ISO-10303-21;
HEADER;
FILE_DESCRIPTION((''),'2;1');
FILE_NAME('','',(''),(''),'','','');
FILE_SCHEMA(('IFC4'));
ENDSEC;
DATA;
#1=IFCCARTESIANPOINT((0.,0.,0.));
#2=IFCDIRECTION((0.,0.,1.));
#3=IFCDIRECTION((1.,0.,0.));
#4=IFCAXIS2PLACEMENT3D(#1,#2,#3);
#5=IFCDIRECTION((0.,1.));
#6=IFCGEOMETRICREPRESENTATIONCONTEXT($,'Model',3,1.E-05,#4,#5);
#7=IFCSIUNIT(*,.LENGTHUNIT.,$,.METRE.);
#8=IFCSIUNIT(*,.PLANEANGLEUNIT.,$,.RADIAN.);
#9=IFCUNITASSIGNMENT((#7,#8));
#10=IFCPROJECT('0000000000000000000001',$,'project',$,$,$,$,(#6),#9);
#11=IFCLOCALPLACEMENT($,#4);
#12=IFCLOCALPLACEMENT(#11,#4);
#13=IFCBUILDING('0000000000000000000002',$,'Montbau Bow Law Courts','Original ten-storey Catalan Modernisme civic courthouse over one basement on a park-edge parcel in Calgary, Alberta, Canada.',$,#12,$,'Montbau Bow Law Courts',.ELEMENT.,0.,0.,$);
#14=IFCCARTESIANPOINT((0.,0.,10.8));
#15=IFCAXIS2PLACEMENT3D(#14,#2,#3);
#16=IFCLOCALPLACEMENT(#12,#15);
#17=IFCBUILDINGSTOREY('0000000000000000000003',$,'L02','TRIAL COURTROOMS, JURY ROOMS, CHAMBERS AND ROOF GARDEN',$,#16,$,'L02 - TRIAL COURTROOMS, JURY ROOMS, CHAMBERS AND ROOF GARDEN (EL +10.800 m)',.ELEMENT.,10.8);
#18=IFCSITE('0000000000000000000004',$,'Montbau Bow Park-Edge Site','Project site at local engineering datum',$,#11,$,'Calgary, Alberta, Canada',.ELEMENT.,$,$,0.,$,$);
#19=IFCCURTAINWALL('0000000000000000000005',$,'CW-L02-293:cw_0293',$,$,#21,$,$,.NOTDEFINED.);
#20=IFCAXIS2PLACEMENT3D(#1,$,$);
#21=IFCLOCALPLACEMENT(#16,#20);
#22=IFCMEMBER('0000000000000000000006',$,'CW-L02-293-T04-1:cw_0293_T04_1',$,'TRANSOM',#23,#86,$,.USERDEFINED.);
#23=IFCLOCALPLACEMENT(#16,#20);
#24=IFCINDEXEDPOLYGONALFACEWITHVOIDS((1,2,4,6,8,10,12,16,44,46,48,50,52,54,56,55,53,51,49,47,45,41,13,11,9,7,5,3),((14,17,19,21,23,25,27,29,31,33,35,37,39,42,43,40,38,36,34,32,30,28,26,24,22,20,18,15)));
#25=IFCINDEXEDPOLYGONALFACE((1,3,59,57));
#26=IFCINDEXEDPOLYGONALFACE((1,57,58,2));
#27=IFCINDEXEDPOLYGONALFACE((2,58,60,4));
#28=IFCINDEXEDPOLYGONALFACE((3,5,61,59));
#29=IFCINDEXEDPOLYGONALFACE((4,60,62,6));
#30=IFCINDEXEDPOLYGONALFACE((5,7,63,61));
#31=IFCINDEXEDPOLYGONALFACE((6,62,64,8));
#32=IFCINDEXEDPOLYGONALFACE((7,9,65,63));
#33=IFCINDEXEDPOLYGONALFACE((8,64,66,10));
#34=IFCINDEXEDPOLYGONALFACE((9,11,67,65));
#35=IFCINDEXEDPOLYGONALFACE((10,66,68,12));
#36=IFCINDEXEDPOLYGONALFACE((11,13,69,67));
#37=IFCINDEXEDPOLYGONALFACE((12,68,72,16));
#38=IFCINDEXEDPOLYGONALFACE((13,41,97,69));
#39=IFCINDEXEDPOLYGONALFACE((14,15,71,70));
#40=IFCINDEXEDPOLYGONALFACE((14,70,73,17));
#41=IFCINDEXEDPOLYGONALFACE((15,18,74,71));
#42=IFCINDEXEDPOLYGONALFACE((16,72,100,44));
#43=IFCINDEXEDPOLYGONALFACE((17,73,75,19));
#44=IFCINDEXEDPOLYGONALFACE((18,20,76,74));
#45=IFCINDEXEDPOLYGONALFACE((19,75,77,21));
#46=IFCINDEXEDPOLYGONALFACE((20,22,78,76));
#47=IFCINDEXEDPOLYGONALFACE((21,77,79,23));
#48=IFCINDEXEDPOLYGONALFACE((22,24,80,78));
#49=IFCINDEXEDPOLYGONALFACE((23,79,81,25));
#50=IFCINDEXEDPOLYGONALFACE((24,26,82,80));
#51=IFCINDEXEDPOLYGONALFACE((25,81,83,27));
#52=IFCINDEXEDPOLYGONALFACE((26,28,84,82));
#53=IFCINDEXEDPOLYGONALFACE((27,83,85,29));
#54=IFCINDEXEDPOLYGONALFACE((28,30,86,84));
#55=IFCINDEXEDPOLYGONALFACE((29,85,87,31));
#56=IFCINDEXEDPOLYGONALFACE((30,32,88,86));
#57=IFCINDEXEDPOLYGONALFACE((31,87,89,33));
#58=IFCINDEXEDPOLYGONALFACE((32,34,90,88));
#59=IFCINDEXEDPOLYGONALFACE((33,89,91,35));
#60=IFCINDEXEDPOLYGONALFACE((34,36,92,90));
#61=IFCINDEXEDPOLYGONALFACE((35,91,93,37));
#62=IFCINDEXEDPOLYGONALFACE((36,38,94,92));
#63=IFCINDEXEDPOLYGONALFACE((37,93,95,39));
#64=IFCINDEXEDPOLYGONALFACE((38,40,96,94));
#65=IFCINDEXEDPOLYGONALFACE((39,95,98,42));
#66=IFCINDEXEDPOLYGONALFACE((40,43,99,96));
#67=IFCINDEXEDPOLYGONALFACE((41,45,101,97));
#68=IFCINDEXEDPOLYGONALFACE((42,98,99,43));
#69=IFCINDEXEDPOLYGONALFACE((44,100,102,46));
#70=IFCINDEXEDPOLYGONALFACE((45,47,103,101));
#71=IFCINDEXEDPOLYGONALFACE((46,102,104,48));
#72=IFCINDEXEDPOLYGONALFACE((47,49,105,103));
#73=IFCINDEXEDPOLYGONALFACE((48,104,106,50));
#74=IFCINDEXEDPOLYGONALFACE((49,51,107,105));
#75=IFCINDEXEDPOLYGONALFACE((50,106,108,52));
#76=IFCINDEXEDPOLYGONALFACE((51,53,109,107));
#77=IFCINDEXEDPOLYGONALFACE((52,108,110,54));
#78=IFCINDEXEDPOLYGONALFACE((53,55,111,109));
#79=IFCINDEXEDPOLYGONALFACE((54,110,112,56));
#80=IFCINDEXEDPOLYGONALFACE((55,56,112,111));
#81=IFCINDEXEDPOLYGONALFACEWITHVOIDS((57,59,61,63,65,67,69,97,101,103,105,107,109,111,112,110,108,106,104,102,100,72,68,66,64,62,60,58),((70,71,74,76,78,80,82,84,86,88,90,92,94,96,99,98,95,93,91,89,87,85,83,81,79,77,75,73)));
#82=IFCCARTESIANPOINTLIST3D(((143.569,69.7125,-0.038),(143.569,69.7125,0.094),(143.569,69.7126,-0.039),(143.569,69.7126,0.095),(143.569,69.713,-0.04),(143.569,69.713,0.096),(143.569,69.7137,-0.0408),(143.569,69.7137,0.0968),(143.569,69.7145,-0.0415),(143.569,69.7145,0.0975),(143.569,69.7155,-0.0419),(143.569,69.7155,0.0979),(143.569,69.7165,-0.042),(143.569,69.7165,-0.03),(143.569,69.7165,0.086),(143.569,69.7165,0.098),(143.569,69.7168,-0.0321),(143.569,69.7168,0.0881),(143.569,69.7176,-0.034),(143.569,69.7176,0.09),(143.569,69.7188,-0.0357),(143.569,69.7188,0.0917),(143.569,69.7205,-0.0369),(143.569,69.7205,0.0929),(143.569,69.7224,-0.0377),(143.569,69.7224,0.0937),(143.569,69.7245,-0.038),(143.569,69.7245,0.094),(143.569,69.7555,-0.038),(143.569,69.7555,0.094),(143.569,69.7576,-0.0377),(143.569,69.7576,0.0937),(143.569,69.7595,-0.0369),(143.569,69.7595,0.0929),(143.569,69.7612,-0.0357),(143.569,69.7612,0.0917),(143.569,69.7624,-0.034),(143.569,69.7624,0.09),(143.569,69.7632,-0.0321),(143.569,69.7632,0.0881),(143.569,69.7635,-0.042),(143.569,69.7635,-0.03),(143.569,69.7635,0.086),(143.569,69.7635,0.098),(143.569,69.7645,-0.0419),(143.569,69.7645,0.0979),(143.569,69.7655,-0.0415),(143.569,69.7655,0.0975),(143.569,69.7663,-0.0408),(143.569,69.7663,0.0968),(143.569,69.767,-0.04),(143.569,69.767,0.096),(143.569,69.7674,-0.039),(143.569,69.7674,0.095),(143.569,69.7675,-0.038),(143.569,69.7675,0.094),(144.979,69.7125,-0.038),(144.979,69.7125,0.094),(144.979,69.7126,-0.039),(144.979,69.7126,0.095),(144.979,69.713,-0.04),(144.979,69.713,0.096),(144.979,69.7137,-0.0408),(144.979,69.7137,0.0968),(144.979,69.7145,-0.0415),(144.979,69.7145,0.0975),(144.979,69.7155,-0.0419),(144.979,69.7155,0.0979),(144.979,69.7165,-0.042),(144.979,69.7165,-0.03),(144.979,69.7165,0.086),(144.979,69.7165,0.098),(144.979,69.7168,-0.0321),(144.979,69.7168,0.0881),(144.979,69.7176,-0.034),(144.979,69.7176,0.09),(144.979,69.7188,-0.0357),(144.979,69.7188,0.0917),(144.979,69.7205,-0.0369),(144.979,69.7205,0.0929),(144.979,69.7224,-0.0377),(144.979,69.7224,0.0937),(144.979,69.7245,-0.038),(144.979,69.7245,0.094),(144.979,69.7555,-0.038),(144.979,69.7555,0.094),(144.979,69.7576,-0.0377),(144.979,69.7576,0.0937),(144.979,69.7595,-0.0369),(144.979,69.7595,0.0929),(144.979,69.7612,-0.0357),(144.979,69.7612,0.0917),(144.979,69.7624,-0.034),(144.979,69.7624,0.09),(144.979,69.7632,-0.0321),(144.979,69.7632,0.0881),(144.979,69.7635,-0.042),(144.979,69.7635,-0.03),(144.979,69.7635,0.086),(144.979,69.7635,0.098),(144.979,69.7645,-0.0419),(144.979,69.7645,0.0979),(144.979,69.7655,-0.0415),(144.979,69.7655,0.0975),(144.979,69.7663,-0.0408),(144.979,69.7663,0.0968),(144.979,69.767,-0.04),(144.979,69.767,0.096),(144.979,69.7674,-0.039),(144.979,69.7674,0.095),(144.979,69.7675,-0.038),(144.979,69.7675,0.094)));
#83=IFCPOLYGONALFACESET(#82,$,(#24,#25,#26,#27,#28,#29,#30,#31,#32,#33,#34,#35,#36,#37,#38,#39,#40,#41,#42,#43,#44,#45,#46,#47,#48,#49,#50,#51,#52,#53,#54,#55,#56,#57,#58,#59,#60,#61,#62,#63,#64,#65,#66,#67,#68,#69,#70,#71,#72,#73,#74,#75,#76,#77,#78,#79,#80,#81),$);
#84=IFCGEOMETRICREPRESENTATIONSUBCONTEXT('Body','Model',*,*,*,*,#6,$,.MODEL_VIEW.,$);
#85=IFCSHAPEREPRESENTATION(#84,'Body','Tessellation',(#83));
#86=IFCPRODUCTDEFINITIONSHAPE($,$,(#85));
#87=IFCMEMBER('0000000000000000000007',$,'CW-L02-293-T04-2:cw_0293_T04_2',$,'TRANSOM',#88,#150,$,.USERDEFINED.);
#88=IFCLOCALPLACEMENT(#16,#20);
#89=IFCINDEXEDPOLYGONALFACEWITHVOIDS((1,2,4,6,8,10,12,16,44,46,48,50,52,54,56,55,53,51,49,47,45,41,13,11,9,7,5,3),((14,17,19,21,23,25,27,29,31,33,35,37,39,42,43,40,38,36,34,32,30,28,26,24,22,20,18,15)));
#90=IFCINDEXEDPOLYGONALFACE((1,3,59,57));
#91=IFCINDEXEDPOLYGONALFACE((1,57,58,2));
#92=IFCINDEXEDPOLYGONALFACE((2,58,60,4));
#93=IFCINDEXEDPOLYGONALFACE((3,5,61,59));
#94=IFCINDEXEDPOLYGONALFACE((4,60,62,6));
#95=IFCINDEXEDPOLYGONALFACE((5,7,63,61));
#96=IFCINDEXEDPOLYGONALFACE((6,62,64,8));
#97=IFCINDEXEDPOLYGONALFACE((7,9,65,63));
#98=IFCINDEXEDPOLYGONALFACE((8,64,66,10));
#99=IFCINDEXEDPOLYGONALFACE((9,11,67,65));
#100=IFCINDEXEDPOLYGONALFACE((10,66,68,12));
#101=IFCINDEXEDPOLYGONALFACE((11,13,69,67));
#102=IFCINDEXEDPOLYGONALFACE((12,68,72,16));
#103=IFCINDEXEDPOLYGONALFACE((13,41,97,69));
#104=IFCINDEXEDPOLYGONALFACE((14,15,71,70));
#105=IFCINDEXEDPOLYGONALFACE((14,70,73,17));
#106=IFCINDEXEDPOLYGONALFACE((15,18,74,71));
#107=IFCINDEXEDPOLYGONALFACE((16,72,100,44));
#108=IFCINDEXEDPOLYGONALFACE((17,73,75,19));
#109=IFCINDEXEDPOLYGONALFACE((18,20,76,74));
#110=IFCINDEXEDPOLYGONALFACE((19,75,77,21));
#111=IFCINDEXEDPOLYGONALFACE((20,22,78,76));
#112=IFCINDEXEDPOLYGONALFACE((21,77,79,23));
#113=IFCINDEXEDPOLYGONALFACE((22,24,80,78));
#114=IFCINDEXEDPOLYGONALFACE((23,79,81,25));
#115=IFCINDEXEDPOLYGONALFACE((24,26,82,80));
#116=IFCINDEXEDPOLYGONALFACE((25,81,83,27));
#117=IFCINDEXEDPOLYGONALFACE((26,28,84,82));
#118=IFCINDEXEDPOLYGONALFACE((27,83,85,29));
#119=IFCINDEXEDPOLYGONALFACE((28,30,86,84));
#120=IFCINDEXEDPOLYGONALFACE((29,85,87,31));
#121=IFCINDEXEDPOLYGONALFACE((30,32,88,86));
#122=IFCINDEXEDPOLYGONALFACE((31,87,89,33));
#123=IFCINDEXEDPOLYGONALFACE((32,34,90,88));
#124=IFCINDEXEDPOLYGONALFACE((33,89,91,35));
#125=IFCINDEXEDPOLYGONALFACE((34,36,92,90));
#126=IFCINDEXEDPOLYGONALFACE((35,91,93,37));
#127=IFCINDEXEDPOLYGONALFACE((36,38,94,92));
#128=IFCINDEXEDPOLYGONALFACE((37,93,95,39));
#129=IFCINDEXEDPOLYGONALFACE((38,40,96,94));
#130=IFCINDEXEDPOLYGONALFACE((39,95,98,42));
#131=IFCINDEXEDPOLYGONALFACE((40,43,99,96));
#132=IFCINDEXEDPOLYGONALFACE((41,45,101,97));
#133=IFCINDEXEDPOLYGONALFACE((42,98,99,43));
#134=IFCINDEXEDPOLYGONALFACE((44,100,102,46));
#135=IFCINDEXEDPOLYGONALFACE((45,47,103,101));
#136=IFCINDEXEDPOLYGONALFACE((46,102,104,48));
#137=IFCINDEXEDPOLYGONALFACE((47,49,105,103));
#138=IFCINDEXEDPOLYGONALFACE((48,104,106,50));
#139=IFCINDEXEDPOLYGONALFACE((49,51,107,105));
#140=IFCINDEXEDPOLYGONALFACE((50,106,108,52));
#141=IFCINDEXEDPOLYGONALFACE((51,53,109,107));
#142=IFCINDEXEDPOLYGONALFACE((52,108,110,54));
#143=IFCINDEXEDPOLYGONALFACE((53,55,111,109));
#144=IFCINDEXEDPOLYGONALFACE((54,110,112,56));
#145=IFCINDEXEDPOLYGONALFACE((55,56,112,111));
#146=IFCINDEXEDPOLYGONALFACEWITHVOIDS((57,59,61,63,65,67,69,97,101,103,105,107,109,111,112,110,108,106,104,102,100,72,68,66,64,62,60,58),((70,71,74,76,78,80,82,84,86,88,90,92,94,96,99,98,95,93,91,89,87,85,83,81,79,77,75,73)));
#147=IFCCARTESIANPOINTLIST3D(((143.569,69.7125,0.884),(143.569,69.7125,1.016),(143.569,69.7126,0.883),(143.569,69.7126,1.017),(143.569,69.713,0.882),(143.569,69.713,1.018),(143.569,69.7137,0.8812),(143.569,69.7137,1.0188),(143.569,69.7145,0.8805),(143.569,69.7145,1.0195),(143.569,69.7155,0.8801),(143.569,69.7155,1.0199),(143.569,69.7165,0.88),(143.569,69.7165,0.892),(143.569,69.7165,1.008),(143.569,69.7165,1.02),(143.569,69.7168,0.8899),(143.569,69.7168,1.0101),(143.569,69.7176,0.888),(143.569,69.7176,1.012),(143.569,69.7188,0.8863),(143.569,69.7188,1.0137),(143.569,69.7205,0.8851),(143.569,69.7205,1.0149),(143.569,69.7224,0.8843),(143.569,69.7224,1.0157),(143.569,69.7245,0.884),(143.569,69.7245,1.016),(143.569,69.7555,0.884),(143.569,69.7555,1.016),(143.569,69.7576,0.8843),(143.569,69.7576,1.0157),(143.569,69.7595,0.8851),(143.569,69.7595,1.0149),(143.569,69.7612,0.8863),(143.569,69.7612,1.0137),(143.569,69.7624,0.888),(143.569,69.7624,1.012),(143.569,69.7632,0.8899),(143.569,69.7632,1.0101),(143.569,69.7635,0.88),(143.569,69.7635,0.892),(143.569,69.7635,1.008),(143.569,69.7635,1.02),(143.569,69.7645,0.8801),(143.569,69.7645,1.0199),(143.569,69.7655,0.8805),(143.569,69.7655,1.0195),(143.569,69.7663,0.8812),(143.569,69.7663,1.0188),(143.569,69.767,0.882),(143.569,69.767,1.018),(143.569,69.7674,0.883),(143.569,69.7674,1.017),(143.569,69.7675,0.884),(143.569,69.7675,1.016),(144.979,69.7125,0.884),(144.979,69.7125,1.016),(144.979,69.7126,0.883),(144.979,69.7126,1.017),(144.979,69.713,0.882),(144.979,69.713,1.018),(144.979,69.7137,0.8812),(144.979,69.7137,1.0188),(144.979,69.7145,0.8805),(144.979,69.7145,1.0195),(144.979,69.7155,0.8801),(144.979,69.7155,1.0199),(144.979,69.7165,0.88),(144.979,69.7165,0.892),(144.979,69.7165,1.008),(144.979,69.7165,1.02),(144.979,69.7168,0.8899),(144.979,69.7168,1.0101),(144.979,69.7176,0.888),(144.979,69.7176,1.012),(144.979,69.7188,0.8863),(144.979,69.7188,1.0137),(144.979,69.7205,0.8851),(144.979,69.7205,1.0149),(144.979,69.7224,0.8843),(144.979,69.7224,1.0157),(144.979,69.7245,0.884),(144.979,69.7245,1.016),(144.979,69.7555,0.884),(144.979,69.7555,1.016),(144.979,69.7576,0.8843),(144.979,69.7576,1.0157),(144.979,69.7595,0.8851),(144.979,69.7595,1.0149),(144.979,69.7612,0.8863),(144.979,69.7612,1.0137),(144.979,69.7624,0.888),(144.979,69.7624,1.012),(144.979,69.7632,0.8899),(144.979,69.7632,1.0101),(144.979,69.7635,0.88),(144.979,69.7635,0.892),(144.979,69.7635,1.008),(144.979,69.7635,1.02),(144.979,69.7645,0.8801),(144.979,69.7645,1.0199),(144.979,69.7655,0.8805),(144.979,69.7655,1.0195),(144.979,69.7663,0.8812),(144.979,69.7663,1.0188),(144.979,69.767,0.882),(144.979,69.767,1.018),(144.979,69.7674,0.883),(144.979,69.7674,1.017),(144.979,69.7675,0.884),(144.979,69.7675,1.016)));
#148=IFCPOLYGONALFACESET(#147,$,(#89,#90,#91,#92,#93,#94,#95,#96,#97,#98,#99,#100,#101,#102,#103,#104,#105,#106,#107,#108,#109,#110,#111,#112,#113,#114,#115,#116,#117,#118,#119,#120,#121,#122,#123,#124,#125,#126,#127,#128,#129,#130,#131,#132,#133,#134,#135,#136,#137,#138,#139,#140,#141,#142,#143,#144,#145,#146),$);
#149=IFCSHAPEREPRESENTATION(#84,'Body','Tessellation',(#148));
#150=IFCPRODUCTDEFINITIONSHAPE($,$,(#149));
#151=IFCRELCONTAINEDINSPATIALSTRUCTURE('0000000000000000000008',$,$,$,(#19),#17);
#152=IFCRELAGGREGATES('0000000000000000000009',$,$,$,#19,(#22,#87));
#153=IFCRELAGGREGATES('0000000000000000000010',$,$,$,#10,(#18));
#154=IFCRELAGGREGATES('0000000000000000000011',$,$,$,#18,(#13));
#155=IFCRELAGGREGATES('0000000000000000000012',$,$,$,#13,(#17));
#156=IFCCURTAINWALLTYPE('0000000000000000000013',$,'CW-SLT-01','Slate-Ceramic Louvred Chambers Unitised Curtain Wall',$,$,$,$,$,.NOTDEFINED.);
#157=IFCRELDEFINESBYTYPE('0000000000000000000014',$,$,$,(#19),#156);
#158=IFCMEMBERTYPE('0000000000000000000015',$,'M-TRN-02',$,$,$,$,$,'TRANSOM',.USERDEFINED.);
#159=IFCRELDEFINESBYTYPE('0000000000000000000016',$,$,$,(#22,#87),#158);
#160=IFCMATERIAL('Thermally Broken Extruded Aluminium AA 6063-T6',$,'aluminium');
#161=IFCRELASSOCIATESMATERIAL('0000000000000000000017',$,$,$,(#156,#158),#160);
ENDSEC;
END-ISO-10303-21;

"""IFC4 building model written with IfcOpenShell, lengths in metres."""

from ifc_helpers import new_model, si_unit, direction, frame, origin_with_axes, origin_2d_with_axis, place, context, subcontext, project, spatial, hollow_rectangle, extrude, material, material_profile, profile_set, type_object, element, aggregate, save


model = new_model("IFC4")

# Units and contexts
model_context = context("Model", 3, precision=1e-05, world=origin_with_axes(), true_north=direction((0.0, 1.0)))
body_context = subcontext(model_context, "Body", "Model", "MODEL_VIEW")
ifc_project = project(units=[si_unit("LENGTHUNIT", "METRE"), si_unit("PLANEANGLEUNIT", "RADIAN")], contexts=[model_context])

# Site, building, storey
site_placement = place(None, origin_with_axes())
site = spatial("IfcSite", under=ifc_project, at=site_placement, Name="Montbau Bow Park-Edge Site", Description="Project site at local engineering datum", LongName="Calgary, Alberta, Canada", CompositionType="ELEMENT", RefElevation=0.0)
building_placement = place(site_placement, origin_with_axes())
building = spatial("IfcBuilding", under=site, at=building_placement, Name="Montbau Bow Law Courts", Description="Original ten-storey Catalan Modernisme civic courthouse over one basement on a park-edge parcel in Calgary, Alberta, Canada.", LongName="Montbau Bow Law Courts", CompositionType="ELEMENT", ElevationOfRefHeight=0.0, ElevationOfTerrain=0.0)
storey_placement = place(building_placement, frame((0.0, 0.0, 10.8), z_axis=(0.0, 0.0, 1.0), x_axis=(1.0, 0.0, 0.0)))
storey = spatial("IfcBuildingStorey", under=building, at=storey_placement, Name="L02", Description="TRIAL COURTROOMS, JURY ROOMS, CHAMBERS AND ROOF GARDEN", LongName="L02 - TRIAL COURTROOMS, JURY ROOMS, CHAMBERS AND ROOF GARDEN (EL +10.800 m)", CompositionType="ELEMENT", Elevation=10.8)

# Curtain wall
ifc_material_1 = material(Name="Thermally Broken Extruded Aluminium AA 6063-T6", Category="aluminium")
curtain_wall_type = type_object("IfcCurtainWallType", Name="CW-SLT-01", Description="Slate-Ceramic Louvred Chambers Unitised Curtain Wall", PredefinedType="NOTDEFINED", material=ifc_material_1)
curtain_wall_1_placement = place(None, frame((139.115, 69.74, 10.8), z_axis=(0.0, 0.0, 1.0), x_axis=(1.0, 0.0, 0.0)))
curtain_wall_1 = element("IfcCurtainWall", 1, at=curtain_wall_1_placement, inside=storey, type_object=curtain_wall_type, Name="CW-L02-293:cw_0293", PredefinedType="NOTDEFINED")

# Members
ifc_material_profile_1 = material_profile(ifc_material_1, hollow_rectangle(XDim=0.055, YDim=0.14, WallThickness=0.004, InnerFilletRadius=0.008, OuterFilletRadius=0.004, at=origin_2d_with_axis()), Name="CWT-140X55", Category="Main", Priority=0)
ifc_profile_set_1 = profile_set([ifc_material_profile_1], Name="Thermally Broken Extruded Aluminium AA 6063-T6")
member_type_1 = type_object("IfcMemberType", Name="M-TRN-02", ElementType="TRANSOM", PredefinedType="USERDEFINED", material=ifc_profile_set_1)
member_1_placement = place(None, frame((143.569, 69.74, 10.828), z_axis=(1.0, 0.0, 0.0), x_axis=(0.0, 1.0, 0.0)))
member_1 = element("IfcMember", 2, at=member_1_placement, type_object=member_type_1, Name="CW-L02-293-T04-1:cw_0293_T04_1", ObjectType="TRANSOM", PredefinedType="USERDEFINED", context=body_context, shape_type="SweptSolid", body=[
    extrude(hollow_rectangle(XDim=0.055, YDim=0.14, WallThickness=0.004, InnerFilletRadius=0.008, OuterFilletRadius=0.004, at=origin_2d_with_axis()), origin_with_axes(), (0.0, 0.0, 1.0), 1.41),
])
member_2_placement = place(None, frame((143.569, 69.74, 11.75), z_axis=(1.0, 0.0, 0.0), x_axis=(0.0, 1.0, 0.0)))
member_2 = element("IfcMember", 3, at=member_2_placement, type_object=member_type_1, Name="CW-L02-293-T04-2:cw_0293_T04_2", ObjectType="TRANSOM", PredefinedType="USERDEFINED", context=body_context, shape_type="SweptSolid", body=[
    extrude(hollow_rectangle(XDim=0.055, YDim=0.14, WallThickness=0.004, InnerFilletRadius=0.008, OuterFilletRadius=0.004, at=origin_2d_with_axis()), origin_with_axes(), (0.0, 0.0, 1.0), 1.41),
])

aggregate(curtain_wall_1, [member_1, member_2])

save(model, "model.ifc")
